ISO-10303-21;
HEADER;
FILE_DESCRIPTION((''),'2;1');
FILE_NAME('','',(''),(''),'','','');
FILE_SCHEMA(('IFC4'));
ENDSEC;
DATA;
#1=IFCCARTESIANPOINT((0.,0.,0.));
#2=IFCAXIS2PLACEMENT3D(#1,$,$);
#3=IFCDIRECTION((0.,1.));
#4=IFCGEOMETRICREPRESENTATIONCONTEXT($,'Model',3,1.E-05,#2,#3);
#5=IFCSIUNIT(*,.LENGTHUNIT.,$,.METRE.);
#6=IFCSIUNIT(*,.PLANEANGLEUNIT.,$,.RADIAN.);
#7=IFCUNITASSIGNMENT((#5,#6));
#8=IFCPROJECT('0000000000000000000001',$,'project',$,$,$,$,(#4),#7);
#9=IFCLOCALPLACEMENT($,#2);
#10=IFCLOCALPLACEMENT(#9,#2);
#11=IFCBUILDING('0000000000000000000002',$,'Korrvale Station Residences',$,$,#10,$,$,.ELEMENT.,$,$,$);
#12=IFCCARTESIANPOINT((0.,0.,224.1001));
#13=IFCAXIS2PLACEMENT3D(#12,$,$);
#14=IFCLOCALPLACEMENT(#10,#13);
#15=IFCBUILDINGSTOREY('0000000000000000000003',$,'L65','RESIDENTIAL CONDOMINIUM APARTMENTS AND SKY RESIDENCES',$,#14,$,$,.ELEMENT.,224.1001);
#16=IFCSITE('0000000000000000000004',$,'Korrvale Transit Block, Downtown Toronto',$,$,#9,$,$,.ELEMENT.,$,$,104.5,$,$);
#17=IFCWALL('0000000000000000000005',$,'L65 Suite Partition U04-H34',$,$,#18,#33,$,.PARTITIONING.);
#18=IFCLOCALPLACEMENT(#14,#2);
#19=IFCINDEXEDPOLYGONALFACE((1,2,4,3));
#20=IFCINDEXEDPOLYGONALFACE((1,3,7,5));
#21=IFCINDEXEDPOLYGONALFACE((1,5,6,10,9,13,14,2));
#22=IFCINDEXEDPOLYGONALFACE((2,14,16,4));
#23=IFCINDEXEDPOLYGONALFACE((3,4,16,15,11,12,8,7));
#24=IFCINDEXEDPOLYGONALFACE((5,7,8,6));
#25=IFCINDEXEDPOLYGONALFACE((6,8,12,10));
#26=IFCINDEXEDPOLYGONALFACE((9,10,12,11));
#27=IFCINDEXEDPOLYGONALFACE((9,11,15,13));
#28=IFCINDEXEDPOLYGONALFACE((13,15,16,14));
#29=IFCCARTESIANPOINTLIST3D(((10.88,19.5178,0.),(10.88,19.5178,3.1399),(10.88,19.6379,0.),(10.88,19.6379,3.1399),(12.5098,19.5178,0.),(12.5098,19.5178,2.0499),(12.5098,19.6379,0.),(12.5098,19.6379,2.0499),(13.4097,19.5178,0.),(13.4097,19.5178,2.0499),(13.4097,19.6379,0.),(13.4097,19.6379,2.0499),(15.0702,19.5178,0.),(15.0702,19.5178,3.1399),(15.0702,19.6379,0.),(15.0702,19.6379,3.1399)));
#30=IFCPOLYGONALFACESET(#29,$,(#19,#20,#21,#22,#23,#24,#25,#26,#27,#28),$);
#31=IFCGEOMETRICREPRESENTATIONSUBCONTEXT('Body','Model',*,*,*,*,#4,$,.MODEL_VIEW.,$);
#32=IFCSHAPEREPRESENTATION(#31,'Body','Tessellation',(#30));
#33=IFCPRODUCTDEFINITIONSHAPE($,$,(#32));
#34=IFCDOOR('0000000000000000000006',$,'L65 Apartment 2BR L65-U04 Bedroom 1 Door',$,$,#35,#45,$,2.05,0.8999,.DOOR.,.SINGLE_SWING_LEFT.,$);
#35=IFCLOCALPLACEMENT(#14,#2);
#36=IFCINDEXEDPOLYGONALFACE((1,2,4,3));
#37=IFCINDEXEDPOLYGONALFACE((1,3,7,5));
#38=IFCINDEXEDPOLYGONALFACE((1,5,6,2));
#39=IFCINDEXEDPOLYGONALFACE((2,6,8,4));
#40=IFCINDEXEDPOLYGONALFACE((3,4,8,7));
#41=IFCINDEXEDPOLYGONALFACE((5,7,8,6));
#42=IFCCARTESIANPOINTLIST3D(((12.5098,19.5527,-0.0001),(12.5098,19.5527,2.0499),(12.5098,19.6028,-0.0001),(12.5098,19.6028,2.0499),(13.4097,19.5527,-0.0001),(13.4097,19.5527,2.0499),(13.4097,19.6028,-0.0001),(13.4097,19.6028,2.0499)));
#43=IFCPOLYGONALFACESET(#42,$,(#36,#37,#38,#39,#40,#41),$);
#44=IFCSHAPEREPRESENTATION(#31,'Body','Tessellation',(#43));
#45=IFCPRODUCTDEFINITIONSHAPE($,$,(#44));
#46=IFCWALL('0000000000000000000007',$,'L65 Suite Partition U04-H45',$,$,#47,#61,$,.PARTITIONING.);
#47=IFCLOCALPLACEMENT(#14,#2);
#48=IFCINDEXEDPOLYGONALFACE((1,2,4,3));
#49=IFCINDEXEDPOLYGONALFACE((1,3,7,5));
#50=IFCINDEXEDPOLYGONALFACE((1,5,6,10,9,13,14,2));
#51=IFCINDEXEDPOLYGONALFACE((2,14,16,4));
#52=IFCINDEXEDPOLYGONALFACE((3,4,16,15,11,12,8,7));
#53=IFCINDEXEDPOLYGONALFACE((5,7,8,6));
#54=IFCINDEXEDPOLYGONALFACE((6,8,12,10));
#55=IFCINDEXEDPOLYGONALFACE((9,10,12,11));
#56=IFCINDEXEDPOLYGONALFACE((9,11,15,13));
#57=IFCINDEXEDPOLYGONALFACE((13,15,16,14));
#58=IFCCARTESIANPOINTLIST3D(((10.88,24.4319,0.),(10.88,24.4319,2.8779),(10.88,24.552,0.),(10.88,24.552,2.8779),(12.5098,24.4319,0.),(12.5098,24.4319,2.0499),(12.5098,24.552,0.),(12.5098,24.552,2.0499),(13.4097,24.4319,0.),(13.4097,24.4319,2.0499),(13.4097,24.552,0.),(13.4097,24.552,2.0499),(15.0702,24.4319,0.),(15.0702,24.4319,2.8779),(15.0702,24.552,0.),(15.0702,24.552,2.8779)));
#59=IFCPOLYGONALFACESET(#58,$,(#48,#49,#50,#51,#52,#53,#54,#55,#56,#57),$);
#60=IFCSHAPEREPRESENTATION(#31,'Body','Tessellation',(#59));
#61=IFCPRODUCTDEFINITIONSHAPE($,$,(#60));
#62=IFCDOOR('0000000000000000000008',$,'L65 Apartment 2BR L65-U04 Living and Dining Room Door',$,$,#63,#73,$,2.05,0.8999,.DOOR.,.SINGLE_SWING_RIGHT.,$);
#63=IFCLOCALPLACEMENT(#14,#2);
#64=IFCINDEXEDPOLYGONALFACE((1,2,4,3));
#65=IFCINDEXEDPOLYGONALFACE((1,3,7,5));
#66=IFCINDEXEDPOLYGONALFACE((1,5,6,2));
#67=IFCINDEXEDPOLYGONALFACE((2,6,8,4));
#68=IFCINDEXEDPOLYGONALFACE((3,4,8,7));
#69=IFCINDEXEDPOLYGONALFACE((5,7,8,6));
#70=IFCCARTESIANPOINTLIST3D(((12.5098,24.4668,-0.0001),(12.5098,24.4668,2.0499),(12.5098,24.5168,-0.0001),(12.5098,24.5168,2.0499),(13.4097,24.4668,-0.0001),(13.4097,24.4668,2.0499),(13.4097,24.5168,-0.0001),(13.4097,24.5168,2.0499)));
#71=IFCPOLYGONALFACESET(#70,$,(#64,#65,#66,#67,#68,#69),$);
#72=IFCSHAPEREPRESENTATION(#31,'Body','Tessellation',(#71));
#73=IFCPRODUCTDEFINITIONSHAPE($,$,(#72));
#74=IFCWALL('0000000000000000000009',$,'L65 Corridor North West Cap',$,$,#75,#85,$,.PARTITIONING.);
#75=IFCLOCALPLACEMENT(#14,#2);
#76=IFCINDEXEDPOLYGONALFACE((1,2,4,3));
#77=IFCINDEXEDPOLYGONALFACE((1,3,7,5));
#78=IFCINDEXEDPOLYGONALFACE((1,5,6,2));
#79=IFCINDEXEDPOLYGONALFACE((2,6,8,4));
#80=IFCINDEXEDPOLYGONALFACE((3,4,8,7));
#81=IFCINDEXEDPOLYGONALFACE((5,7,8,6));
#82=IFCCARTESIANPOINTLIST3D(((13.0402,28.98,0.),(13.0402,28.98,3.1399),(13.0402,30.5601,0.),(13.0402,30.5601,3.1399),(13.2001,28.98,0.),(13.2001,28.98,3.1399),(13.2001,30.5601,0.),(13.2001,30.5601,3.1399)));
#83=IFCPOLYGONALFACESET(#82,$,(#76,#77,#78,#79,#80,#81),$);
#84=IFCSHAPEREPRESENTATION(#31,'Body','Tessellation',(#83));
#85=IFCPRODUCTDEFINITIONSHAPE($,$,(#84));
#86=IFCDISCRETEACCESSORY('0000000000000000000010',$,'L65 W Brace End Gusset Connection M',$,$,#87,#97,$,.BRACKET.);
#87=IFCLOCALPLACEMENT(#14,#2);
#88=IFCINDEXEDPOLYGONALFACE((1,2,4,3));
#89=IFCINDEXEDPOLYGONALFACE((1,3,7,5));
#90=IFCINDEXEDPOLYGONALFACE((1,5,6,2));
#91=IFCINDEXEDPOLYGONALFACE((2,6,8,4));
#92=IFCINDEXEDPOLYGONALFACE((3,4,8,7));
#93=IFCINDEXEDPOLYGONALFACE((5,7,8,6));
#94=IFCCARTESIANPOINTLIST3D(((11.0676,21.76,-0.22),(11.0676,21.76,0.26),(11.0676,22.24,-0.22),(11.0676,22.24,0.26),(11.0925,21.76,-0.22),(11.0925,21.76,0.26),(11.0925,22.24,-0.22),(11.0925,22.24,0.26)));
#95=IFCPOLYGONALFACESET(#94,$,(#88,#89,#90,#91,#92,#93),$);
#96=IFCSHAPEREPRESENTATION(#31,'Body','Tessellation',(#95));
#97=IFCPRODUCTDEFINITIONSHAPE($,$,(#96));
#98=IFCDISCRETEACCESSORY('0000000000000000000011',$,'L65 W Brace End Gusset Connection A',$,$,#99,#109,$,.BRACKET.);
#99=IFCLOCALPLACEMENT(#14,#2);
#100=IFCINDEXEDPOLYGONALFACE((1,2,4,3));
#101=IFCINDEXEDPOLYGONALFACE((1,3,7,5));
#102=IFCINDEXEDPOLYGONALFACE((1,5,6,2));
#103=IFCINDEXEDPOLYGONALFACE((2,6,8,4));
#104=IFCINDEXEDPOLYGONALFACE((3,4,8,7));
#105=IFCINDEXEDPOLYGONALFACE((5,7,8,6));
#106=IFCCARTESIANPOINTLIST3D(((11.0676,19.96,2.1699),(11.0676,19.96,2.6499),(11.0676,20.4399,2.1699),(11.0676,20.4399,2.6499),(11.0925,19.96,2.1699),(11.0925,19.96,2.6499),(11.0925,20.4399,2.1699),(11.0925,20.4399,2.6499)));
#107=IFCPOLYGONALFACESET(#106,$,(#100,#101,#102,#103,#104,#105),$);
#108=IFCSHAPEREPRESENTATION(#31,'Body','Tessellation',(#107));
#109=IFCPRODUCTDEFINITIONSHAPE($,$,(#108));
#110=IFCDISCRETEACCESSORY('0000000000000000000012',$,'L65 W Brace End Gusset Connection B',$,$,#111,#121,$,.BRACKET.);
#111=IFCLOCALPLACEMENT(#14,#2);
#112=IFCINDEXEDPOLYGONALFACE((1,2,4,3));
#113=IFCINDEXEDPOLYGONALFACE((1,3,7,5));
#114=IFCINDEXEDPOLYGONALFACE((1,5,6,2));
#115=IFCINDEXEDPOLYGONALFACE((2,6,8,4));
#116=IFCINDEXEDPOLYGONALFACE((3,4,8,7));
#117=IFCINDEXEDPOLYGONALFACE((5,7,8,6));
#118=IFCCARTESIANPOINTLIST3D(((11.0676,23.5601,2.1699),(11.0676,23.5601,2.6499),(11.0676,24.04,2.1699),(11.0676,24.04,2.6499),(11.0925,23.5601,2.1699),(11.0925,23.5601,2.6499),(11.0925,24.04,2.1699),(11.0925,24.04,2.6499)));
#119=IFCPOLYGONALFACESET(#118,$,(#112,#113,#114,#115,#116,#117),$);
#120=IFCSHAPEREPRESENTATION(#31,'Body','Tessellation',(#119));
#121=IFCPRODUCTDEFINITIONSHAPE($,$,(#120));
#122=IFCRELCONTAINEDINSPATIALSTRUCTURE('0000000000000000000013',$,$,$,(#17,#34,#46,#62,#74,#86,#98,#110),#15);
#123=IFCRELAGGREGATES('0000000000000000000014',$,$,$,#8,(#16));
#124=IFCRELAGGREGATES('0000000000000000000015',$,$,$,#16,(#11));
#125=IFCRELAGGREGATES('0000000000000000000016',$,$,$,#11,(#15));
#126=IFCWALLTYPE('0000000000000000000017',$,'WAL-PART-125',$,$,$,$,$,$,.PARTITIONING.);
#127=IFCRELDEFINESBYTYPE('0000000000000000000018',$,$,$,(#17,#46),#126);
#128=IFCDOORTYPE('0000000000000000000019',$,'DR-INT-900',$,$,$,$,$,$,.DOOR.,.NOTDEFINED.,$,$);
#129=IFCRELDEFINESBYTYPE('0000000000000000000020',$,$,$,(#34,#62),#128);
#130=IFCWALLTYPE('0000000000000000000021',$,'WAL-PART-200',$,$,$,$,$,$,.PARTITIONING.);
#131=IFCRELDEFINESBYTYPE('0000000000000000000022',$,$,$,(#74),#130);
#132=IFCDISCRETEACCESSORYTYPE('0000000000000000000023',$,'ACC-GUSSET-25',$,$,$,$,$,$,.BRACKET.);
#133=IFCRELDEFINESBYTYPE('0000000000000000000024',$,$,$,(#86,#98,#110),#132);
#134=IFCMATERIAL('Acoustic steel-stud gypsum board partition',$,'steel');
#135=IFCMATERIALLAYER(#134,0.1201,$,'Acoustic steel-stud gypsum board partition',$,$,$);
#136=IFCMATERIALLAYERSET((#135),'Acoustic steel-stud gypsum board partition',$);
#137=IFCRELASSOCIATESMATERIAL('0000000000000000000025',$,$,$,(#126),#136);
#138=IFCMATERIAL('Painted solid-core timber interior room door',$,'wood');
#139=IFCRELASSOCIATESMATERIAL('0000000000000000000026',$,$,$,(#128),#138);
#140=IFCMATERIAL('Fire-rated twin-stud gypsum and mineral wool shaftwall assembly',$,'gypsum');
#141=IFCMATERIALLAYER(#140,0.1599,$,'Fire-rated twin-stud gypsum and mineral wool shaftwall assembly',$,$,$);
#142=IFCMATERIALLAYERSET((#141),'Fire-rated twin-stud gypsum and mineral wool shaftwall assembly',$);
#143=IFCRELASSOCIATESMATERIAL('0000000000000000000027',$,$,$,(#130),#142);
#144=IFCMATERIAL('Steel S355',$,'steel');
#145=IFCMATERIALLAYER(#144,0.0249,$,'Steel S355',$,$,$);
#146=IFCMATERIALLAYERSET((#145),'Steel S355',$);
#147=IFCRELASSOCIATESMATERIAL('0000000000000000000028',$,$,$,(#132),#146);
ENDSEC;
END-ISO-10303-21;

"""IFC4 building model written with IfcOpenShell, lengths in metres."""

from ifc_helpers import new_model, si_unit, direction, frame, frame_2d, origin, origin_2d, place, context, subcontext, project, spatial, rectangle, extrude, material, layer, layer_set, type_object, element, fill, save


model = new_model("IFC4")

# Units and contexts
model_context = context("Model", 3, precision=1e-05, world=origin(), true_north=direction((0.0, 1.0)))
body_context = subcontext(model_context, "Body", "Model", "MODEL_VIEW")
ifc_project = project(units=[si_unit("LENGTHUNIT", "METRE"), si_unit("PLANEANGLEUNIT", "RADIAN")], contexts=[model_context])

# Site, building, storey
site_placement = place(None, origin())
site = spatial("IfcSite", under=ifc_project, at=site_placement, Name="Korrvale Transit Block, Downtown Toronto", CompositionType="ELEMENT", RefElevation=104.5)
building_placement = place(site_placement, origin())
building = spatial("IfcBuilding", under=site, at=building_placement, Name="Korrvale Station Residences", CompositionType="ELEMENT")
storey_placement = place(building_placement, frame((0.0, 0.0, 224.1001)))
storey = spatial("IfcBuildingStorey", under=building, at=storey_placement, Name="L65", Description="RESIDENTIAL CONDOMINIUM APARTMENTS AND SKY RESIDENCES", CompositionType="ELEMENT", Elevation=224.1001)

# Shared definitions
ifc_material_1 = material(Name="Steel S355", Category="steel")

# Shared definitions
ifc_material_2 = material(Name="Acoustic steel-stud gypsum board partition", Category="steel")
ifc_layer_1 = layer(ifc_material_2, 0.1201, Name="Acoustic steel-stud gypsum board partition")
ifc_layer_set_1 = layer_set([ifc_layer_1], Name="Acoustic steel-stud gypsum board partition")
wall_type_1 = type_object("IfcWallType", Name="WAL-PART-125", PredefinedType="PARTITIONING", material=ifc_layer_set_1)
ifc_material_3 = material(Name="Painted solid-core timber interior room door", Category="wood")
door_type_1 = type_object("IfcDoorType", Name="DR-INT-900", OperationType="NOTDEFINED", PredefinedType="DOOR", material=ifc_material_3)

# Walls, openings, doors
wall_1_placement = place(storey_placement, frame((10.8799, 19.5779, 0.0), z_axis=(0.0, 0.0, 1.0), x_axis=(1.0, 0.0, 0.0)))
wall_1 = element("IfcWall", 1, at=wall_1_placement, inside=storey, type_object=wall_type_1, Name="L65 Suite Partition U04-H34", PredefinedType="PARTITIONING", context=body_context, shape_type="SweptSolid", body=[
    extrude(rectangle(XDim=4.1902, YDim=0.1201, at=frame_2d((2.0952, 0.0))), origin(), (0.0, 0.0, 1.0), 3.1399),
])
opening_1_placement = place(wall_1_placement, frame((1.6299, 0.0, 0.0)))
opening_1 = element("IfcOpeningElement", 2, at=opening_1_placement, cuts=wall_1, PredefinedType="OPENING", context=body_context, shape_type="SweptSolid", body=[
    extrude(rectangle(XDim=0.8999, YDim=2.05, at=frame_2d((0.45, 1.0249))), frame((0.0, 0.0701, 0.0), z_axis=(0.0, -1.0, 0.0), x_axis=(1.0, 0.0, 0.0)), (0.0, 0.0, 1.0), 0.1401),
])
door_1_placement = place(opening_1_placement, origin())
door_1 = element("IfcDoor", 3, at=door_1_placement, inside=storey, type_object=door_type_1, Name="L65 Apartment 2BR L65-U04 Bedroom 1 Door", OperationType="SINGLE_SWING_LEFT", OverallHeight=2.05, OverallWidth=0.8999, PredefinedType="DOOR", context=body_context, shape_type="SweptSolid", body=[
    extrude(rectangle(XDim=0.8999, YDim=2.05, at=frame_2d((0.45, 1.0249))), frame((0.0, 0.0249, 0.0), z_axis=(0.0, -1.0, 0.0), x_axis=(1.0, 0.0, 0.0)), (0.0, 0.0, 1.0), 0.05),
])
fill(opening_1, door_1)
wall_2_placement = place(storey_placement, frame((10.8799, 24.4919, 0.0), z_axis=(0.0, 0.0, 1.0), x_axis=(1.0, 0.0, 0.0)))
wall_2 = element("IfcWall", 4, at=wall_2_placement, inside=storey, type_object=wall_type_1, Name="L65 Suite Partition U04-H45", PredefinedType="PARTITIONING", context=body_context, shape_type="SweptSolid", body=[
    extrude(rectangle(XDim=4.1902, YDim=0.1201, at=frame_2d((2.0952, 0.0))), origin(), (0.0, 0.0, 1.0), 2.8779),
])
opening_2_placement = place(wall_2_placement, frame((1.6299, 0.0, 0.0)))
opening_2 = element("IfcOpeningElement", 5, at=opening_2_placement, cuts=wall_2, PredefinedType="OPENING", context=body_context, shape_type="SweptSolid", body=[
    extrude(rectangle(XDim=0.8999, YDim=2.05, at=frame_2d((0.45, 1.0249))), frame((0.0, 0.0701, 0.0), z_axis=(0.0, -1.0, 0.0), x_axis=(1.0, 0.0, 0.0)), (0.0, 0.0, 1.0), 0.1401),
])
door_2_placement = place(opening_2_placement, origin())
door_2 = element("IfcDoor", 6, at=door_2_placement, inside=storey, type_object=door_type_1, Name="L65 Apartment 2BR L65-U04 Living and Dining Room Door", OperationType="SINGLE_SWING_RIGHT", OverallHeight=2.05, OverallWidth=0.8999, PredefinedType="DOOR", context=body_context, shape_type="SweptSolid", body=[
    extrude(rectangle(XDim=0.8999, YDim=2.05, at=frame_2d((0.45, 1.0249))), frame((0.0, 0.0249, 0.0), z_axis=(0.0, -1.0, 0.0), x_axis=(1.0, 0.0, 0.0)), (0.0, 0.0, 1.0), 0.05),
])
fill(opening_2, door_2)

# Wall
ifc_material_4 = material(Name="Fire-rated twin-stud gypsum and mineral wool shaftwall assembly", Category="gypsum")
ifc_layer_2 = layer(ifc_material_4, 0.1599, Name="Fire-rated twin-stud gypsum and mineral wool shaftwall assembly")
ifc_layer_set_2 = layer_set([ifc_layer_2], Name="Fire-rated twin-stud gypsum and mineral wool shaftwall assembly")
wall_type_2 = type_object("IfcWallType", Name="WAL-PART-200", PredefinedType="PARTITIONING", material=ifc_layer_set_2)
wall_3_placement = place(storey_placement, frame((13.1201, 28.98, 0.0), z_axis=(0.0, 0.0, 1.0), x_axis=(0.0, 1.0, 0.0)))
element("IfcWall", 7, at=wall_3_placement, inside=storey, type_object=wall_type_2, Name="L65 Corridor North West Cap", PredefinedType="PARTITIONING", context=body_context, shape_type="SweptSolid", body=[
    extrude(rectangle(XDim=1.5801, YDim=0.1599, at=frame_2d((0.79, 0.0))), origin(), (0.0, 0.0, 1.0), 3.1399),
])

# Discrete accessories
ifc_layer_3 = layer(ifc_material_1, 0.0249, Name="Steel S355")
ifc_layer_set_3 = layer_set([ifc_layer_3], Name="Steel S355")
discrete_accessory_type = type_object("IfcDiscreteAccessoryType", Name="ACC-GUSSET-25", PredefinedType="BRACKET", material=ifc_layer_set_3)
for number, where, z_axis, x_axis, name in (
    (8, (11.0801, 22.0, -0.22), (0.0, 0.0, 1.0), (0.0, 1.0, 0.0), "L65 W Brace End Gusset Connection M"),
    (9, (11.0801, 20.2, 2.1699), (0.0, 0.0, 1.0), (0.0, 1.0, 0.0), "L65 W Brace End Gusset Connection A"),
    (10, (11.0801, 23.8, 2.1699), (0.0, 0.0, 1.0), (0.0, 1.0, 0.0), "L65 W Brace End Gusset Connection B"),
):
    element("IfcDiscreteAccessory", number, at=place(storey_placement, frame(where, z_axis=z_axis, x_axis=x_axis)), inside=storey, type_object=discrete_accessory_type, Name=name, PredefinedType="BRACKET", context=body_context, shape_type="SweptSolid", body=[
        extrude(rectangle(XDim=0.48, YDim=0.0249, at=origin_2d()), origin(), (0.0, 0.0, 1.0), 0.48),
    ])

save(model, "model.ifc")
